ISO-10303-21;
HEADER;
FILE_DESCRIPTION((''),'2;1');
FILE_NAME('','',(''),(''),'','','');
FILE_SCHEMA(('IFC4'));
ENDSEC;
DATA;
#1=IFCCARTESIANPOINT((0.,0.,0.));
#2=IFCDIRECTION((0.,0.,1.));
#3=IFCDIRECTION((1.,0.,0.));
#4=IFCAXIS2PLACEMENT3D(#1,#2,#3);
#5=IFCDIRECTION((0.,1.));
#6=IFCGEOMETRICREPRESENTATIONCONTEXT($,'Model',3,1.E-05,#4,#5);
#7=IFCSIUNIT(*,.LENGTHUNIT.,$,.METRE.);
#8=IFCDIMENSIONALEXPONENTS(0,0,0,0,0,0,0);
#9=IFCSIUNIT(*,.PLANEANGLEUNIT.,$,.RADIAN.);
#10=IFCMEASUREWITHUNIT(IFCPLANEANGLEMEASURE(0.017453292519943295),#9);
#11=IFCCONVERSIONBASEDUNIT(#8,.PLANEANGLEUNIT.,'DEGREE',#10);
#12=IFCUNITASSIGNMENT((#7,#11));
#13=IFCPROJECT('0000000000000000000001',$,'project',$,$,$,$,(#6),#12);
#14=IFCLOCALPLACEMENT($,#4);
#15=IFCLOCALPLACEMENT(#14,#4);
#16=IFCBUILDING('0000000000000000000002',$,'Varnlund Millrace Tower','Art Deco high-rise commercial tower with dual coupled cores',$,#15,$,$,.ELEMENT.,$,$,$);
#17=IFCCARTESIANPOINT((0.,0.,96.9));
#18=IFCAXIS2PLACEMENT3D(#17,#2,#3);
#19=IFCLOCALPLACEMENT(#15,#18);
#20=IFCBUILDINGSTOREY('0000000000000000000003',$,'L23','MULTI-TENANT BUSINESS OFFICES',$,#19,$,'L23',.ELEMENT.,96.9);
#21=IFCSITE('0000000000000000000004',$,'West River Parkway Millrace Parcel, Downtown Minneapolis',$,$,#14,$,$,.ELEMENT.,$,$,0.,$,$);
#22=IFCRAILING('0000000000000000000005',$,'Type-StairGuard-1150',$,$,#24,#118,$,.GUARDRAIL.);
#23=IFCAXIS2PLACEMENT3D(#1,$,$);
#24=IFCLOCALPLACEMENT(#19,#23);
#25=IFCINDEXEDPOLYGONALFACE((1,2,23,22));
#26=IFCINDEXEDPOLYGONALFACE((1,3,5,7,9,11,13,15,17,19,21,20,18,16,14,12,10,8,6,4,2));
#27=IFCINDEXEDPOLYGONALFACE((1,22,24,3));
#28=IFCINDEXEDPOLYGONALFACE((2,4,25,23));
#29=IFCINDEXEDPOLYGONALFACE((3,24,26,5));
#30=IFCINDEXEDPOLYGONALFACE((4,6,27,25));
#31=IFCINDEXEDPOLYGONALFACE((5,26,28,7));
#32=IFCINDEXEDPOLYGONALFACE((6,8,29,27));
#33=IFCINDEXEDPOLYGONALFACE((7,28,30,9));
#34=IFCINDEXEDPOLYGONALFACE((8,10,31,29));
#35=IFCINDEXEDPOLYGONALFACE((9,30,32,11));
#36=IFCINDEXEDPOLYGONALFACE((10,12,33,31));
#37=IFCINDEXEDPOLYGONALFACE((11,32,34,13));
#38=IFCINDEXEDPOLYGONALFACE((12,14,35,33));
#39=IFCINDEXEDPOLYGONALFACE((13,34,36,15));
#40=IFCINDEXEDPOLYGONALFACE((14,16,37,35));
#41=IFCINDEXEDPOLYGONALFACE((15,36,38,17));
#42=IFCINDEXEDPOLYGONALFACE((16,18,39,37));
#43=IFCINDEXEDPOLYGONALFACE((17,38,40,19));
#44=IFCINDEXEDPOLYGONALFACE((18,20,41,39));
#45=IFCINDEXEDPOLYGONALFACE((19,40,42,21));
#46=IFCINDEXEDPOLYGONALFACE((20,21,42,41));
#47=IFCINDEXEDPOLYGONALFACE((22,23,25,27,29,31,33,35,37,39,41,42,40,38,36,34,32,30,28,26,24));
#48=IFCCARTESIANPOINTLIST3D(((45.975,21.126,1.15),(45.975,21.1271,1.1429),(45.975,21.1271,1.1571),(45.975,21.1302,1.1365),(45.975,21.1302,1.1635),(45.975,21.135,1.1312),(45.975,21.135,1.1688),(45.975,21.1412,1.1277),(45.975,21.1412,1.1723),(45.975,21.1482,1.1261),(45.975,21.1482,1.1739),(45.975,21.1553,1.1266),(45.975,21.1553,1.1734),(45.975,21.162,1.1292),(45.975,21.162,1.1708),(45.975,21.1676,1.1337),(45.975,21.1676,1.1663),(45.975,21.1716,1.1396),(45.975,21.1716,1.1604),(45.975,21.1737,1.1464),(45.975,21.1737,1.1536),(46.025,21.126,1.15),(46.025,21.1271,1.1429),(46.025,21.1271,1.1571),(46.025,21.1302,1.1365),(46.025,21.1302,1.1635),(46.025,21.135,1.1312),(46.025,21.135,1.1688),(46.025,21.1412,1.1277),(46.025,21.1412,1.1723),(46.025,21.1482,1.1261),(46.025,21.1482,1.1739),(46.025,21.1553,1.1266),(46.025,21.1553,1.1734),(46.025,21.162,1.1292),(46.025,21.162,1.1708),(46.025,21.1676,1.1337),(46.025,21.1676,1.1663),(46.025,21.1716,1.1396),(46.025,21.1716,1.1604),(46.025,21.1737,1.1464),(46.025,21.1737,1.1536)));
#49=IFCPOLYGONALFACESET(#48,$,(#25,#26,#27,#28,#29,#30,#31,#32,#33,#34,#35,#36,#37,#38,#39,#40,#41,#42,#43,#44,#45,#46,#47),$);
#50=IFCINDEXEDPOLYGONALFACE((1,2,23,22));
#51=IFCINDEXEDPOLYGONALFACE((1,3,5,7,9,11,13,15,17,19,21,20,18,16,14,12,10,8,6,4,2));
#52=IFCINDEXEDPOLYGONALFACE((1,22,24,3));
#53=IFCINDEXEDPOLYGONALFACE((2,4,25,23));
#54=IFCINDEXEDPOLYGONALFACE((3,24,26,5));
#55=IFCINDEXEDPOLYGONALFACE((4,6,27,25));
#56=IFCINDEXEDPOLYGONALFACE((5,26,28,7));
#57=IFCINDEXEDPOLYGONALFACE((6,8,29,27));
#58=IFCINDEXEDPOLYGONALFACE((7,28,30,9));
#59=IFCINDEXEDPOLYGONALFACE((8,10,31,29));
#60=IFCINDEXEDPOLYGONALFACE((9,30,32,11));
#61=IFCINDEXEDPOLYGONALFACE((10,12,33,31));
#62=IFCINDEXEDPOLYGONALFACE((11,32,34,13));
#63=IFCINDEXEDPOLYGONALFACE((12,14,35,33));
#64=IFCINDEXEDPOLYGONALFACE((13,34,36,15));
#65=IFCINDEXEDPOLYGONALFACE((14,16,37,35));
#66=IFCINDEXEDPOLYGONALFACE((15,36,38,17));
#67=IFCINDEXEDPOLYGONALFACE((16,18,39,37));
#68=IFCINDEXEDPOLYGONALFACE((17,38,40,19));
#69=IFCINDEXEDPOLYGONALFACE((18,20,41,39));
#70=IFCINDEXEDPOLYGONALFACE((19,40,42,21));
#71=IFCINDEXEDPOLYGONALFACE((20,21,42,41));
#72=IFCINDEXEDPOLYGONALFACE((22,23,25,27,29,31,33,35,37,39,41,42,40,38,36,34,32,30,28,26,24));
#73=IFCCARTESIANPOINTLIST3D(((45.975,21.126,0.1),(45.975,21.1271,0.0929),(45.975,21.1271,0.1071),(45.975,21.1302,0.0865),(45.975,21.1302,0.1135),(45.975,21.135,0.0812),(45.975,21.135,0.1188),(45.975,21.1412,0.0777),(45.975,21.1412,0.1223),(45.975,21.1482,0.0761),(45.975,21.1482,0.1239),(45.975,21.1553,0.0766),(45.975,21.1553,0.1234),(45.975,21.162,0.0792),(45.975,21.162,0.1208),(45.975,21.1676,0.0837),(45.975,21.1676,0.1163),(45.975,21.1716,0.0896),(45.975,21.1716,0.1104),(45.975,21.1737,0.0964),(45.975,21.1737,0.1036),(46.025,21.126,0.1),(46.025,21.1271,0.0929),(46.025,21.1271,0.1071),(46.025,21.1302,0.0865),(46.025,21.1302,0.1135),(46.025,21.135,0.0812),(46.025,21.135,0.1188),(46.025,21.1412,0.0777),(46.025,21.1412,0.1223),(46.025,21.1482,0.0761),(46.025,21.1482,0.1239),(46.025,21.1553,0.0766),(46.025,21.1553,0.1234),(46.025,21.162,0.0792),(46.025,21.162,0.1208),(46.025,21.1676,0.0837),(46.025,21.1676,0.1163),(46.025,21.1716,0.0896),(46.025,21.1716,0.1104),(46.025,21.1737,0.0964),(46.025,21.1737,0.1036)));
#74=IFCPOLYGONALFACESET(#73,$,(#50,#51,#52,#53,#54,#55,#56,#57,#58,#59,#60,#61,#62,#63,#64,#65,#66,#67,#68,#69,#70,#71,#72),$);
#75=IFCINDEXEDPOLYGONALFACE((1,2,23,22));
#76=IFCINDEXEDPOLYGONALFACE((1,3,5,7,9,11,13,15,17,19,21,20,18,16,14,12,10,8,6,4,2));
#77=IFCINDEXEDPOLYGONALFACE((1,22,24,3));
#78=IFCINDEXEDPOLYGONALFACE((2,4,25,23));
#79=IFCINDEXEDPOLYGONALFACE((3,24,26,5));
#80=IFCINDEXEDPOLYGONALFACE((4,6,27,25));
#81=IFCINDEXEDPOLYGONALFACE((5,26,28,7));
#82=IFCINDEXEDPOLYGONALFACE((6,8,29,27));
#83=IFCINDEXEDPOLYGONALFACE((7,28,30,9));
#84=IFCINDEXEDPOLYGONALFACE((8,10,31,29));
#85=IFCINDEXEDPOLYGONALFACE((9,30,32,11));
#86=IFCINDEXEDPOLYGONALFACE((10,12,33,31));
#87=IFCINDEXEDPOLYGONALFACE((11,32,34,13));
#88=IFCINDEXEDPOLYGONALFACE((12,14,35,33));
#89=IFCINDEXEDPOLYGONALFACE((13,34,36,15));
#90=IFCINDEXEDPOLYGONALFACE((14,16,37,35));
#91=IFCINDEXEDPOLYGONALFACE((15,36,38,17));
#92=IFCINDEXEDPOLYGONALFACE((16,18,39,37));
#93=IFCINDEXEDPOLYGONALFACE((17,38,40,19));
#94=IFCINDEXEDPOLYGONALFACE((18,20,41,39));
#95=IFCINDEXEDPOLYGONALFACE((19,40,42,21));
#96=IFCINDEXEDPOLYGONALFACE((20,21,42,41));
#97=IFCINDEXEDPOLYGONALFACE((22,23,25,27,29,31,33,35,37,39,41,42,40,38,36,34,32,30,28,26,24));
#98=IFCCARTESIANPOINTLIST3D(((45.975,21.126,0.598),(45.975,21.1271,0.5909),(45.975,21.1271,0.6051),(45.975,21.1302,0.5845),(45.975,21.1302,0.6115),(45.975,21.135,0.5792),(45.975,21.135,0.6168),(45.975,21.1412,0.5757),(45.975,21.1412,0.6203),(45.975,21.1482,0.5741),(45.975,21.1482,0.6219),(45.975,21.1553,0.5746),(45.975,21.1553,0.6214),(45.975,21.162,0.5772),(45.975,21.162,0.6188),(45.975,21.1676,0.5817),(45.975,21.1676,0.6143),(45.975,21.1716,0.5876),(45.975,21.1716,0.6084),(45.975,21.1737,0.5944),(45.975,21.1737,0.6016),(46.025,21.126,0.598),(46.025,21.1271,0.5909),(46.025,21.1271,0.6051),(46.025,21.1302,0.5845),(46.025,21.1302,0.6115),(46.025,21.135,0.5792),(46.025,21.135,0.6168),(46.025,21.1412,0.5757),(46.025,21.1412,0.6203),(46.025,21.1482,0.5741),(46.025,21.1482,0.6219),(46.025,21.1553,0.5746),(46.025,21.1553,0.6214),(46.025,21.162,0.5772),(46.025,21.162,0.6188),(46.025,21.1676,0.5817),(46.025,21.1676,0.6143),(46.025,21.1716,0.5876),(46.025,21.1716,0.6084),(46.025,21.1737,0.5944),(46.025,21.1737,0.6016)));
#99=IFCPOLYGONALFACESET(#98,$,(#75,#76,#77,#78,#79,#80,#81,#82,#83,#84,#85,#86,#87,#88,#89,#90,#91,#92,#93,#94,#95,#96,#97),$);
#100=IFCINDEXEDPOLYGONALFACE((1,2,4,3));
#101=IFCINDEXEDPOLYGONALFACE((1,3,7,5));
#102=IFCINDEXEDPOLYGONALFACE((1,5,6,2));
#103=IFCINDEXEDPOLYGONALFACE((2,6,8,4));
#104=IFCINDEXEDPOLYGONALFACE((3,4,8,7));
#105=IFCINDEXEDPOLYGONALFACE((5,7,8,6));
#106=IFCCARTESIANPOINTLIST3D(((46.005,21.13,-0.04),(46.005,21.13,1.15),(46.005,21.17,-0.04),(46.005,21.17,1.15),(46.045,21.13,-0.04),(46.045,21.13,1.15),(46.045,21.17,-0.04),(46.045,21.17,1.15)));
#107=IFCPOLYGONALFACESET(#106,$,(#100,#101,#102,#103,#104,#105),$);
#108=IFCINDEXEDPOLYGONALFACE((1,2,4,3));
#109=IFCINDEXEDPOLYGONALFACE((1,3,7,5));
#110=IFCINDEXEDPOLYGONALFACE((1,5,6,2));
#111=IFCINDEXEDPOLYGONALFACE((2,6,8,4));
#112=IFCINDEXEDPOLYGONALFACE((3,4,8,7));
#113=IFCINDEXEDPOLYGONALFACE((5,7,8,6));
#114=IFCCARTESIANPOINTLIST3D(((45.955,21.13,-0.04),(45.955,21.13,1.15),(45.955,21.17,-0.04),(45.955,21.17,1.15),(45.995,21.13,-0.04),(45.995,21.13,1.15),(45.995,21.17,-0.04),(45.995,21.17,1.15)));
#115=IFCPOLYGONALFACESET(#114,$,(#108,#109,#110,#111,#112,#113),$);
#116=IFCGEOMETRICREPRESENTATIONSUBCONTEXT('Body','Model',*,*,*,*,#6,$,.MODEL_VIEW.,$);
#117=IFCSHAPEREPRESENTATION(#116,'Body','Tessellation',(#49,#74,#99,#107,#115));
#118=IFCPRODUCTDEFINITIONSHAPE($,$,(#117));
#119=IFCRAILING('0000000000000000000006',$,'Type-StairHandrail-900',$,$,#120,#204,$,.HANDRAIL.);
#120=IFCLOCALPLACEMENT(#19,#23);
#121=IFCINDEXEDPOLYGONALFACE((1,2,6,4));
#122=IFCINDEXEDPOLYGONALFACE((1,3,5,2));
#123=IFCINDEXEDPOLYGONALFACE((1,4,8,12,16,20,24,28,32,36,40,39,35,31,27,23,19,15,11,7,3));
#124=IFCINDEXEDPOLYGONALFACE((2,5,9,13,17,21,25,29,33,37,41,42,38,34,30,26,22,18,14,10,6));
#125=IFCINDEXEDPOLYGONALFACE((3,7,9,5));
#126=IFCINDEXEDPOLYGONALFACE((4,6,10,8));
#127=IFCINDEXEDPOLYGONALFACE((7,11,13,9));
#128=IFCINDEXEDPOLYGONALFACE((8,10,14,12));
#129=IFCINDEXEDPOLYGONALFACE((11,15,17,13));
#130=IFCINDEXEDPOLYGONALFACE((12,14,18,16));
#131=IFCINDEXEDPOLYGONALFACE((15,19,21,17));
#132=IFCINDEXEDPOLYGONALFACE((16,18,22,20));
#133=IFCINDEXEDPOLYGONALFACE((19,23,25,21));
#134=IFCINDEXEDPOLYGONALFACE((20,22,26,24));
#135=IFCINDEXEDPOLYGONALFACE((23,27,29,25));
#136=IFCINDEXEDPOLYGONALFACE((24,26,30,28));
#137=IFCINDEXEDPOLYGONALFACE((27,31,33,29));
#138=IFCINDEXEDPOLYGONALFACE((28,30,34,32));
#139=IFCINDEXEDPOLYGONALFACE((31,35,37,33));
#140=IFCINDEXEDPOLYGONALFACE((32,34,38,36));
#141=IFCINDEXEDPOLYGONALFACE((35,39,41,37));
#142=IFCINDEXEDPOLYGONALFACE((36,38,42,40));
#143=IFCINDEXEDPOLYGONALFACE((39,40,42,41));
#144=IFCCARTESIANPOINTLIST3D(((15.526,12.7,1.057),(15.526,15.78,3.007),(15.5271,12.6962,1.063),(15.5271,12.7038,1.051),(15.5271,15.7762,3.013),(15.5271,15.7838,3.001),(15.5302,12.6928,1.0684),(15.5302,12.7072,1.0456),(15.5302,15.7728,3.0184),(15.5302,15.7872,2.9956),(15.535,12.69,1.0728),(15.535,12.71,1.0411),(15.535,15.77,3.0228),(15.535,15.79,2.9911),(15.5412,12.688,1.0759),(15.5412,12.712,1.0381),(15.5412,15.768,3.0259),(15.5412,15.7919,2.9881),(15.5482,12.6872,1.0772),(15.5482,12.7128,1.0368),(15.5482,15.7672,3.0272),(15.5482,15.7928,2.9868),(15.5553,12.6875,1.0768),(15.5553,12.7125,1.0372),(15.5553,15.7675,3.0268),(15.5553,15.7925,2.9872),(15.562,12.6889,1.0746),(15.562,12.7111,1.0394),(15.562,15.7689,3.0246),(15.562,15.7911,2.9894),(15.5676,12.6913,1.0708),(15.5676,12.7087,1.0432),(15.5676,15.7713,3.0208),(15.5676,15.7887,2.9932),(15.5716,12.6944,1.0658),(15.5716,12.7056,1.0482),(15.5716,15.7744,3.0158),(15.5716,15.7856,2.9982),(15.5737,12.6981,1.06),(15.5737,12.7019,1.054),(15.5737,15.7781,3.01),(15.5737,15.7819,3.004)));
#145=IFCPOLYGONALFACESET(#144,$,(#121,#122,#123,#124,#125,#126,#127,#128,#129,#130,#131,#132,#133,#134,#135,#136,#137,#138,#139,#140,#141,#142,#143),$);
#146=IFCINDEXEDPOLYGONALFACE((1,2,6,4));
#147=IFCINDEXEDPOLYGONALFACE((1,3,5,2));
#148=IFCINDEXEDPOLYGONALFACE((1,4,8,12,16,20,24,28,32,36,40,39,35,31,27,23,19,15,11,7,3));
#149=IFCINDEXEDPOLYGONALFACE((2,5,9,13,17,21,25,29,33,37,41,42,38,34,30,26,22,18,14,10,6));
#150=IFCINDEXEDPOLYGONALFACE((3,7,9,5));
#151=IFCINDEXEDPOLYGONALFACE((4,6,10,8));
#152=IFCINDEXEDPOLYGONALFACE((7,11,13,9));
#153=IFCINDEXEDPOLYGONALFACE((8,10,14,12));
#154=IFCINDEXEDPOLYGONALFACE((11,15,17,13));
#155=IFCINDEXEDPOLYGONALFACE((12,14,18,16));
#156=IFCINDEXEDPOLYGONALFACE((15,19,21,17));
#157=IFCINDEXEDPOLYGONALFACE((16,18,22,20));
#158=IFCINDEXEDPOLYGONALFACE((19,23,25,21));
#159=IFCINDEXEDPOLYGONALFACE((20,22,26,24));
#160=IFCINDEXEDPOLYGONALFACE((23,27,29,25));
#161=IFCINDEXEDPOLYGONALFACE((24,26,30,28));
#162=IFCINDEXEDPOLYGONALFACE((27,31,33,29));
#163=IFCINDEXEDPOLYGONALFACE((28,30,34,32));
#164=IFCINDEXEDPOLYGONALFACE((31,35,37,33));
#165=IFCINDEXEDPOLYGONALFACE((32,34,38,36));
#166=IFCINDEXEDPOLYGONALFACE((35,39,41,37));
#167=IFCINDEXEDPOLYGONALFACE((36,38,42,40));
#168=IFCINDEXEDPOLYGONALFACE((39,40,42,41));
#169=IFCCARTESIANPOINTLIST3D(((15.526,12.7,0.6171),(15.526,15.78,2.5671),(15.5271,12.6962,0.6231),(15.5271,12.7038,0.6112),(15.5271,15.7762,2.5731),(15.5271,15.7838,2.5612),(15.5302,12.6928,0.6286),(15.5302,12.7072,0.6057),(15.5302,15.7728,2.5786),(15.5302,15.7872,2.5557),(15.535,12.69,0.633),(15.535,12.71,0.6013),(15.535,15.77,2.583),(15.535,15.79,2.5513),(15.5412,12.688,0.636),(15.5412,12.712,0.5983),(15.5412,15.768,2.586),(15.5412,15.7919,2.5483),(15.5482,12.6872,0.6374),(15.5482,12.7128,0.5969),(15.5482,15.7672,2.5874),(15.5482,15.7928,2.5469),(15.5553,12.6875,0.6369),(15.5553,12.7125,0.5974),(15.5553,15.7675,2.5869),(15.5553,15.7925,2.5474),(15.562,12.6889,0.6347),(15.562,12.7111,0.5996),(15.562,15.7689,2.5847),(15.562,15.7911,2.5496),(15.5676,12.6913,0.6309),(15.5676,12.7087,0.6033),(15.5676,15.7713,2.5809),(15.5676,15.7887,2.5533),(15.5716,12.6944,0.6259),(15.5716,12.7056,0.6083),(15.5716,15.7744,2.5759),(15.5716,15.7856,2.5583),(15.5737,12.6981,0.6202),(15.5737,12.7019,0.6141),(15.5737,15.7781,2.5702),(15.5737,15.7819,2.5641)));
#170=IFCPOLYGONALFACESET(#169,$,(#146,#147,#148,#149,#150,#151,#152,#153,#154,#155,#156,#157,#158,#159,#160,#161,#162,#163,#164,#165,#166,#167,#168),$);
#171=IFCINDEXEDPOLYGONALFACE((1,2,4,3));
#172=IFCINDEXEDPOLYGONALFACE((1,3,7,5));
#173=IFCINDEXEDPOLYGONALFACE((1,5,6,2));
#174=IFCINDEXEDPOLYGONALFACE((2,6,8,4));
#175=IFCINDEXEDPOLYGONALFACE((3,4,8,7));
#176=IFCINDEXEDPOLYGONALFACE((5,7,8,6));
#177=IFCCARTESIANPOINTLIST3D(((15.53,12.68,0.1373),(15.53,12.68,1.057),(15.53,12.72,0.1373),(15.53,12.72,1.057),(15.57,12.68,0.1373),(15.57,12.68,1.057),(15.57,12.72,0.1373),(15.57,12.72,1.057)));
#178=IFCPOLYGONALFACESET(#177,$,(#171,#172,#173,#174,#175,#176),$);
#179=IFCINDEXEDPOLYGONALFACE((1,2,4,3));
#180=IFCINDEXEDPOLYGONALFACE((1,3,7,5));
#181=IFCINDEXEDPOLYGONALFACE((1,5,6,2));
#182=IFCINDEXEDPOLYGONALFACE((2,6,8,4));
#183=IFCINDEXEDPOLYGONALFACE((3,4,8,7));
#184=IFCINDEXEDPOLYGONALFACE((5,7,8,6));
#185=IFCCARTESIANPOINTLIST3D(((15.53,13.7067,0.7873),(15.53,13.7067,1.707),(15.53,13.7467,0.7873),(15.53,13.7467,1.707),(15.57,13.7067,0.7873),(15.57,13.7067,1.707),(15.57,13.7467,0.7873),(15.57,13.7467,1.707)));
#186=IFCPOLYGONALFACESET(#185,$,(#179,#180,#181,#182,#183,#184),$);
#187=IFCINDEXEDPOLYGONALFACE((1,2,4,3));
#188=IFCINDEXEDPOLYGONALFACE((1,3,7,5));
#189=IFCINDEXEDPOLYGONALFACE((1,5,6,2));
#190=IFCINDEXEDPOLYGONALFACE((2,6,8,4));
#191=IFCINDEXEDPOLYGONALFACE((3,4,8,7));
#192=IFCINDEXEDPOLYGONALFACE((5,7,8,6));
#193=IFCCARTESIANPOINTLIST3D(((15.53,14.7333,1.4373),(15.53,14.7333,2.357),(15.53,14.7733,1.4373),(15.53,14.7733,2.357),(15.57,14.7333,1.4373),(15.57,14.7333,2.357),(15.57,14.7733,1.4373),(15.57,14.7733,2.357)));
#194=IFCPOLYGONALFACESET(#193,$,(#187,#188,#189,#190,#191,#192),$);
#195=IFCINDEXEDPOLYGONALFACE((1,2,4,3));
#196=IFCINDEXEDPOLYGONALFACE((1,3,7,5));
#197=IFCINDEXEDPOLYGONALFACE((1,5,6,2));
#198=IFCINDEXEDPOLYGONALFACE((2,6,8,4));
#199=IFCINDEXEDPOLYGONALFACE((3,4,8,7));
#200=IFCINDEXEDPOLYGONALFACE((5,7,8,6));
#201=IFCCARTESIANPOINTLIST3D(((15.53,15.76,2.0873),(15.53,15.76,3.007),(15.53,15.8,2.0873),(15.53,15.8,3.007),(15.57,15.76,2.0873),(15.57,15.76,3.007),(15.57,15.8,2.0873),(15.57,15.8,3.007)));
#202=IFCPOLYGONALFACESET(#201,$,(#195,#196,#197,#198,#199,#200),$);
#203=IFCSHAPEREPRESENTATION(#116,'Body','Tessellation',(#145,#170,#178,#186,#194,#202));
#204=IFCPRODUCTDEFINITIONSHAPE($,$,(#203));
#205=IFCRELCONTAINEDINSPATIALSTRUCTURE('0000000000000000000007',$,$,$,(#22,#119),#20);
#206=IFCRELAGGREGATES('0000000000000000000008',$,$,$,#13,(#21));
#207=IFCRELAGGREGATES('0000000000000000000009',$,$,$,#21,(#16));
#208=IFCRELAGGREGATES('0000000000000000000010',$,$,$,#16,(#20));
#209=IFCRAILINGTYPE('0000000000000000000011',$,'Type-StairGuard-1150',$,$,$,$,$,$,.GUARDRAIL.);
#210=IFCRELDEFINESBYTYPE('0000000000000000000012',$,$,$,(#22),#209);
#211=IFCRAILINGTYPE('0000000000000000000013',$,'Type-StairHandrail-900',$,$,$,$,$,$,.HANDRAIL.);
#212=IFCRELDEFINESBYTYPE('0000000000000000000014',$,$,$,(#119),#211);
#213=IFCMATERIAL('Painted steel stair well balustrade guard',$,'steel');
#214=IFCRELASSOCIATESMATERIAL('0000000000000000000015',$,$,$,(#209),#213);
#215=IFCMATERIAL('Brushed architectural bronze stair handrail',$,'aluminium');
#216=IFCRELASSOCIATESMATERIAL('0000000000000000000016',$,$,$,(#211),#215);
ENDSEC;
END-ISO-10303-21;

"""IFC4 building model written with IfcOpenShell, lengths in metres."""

from ifc_helpers import new_model, entity, si_unit, converted_unit, direction, frame, origin_with_axes, origin_2d_with_axis, place, context, subcontext, project, spatial, rectangle, circle, extrude, material, type_object, element, save


model = new_model("IFC4")

# Units and contexts
model_context = context("Model", 3, precision=1e-05, world=origin_with_axes(), true_north=direction((0.0, 1.0)))
body_context = subcontext(model_context, "Body", "Model", "MODEL_VIEW")
ifc_project = project(units=[si_unit("LENGTHUNIT", "METRE"), converted_unit("PLANEANGLEUNIT", "DEGREE", entity("IfcPlaneAngleMeasure", 0.017453292519943295), si_unit("PLANEANGLEUNIT", "RADIAN"), dimensions=[0, 0, 0, 0, 0, 0, 0])], contexts=[model_context])

# Site, building, storey
site_placement = place(None, origin_with_axes())
site = spatial("IfcSite", under=ifc_project, at=site_placement, Name="West River Parkway Millrace Parcel, Downtown Minneapolis", CompositionType="ELEMENT", RefElevation=0.0)
building_placement = place(site_placement, origin_with_axes())
building = spatial("IfcBuilding", under=site, at=building_placement, Name="Varnlund Millrace Tower", Description="Art Deco high-rise commercial tower with dual coupled cores", CompositionType="ELEMENT")
storey_placement = place(building_placement, frame((0.0, 0.0, 96.9), z_axis=(0.0, 0.0, 1.0), x_axis=(1.0, 0.0, 0.0)))
storey = spatial("IfcBuildingStorey", under=building, at=storey_placement, Name="L23", Description="MULTI-TENANT BUSINESS OFFICES", LongName="L23", CompositionType="ELEMENT", Elevation=96.9)

# Railings
ifc_material_1 = material(Name="Painted steel stair well balustrade guard", Category="steel")
railing_type_1 = type_object("IfcRailingType", Name="Type-StairGuard-1150", PredefinedType="GUARDRAIL", material=ifc_material_1)
railing_1_placement = place(storey_placement, frame((0.0, 0.0, -96.9), z_axis=(0.0, 0.0, 1.0), x_axis=(1.0, 0.0, 0.0)))
element("IfcRailing", 1, at=railing_1_placement, inside=storey, type_object=railing_type_1, Name="Type-StairGuard-1150", PredefinedType="GUARDRAIL", context=body_context, shape_type="SweptSolid", body=[
    extrude(circle(Radius=0.024, at=origin_2d_with_axis()), frame((46.025, 21.15, 98.05), z_axis=(-1.0, 0.0, 0.0), x_axis=(0.0, -1.0, 0.0)), (0.0, 0.0, 1.0), 0.05),
    extrude(circle(Radius=0.024, at=origin_2d_with_axis()), frame((46.025, 21.15, 97.0), z_axis=(-1.0, 0.0, 0.0), x_axis=(0.0, -1.0, 0.0)), (0.0, 0.0, 1.0), 0.05),
    extrude(circle(Radius=0.024, at=origin_2d_with_axis()), frame((46.025, 21.15, 97.498), z_axis=(-1.0, 0.0, 0.0), x_axis=(0.0, -1.0, 0.0)), (0.0, 0.0, 1.0), 0.05),
    extrude(rectangle(XDim=0.04, YDim=0.04, at=origin_2d_with_axis()), frame((46.025, 21.15, 96.86), z_axis=(0.0, 0.0, 1.0), x_axis=(1.0, 0.0, 0.0)), (0.0, 0.0, 1.0), 1.19),
    extrude(rectangle(XDim=0.04, YDim=0.04, at=origin_2d_with_axis()), frame((45.975, 21.15, 96.86), z_axis=(0.0, 0.0, 1.0), x_axis=(1.0, 0.0, 0.0)), (0.0, 0.0, 1.0), 1.19),
])
ifc_material_2 = material(Name="Brushed architectural bronze stair handrail", Category="aluminium")
railing_type_2 = type_object("IfcRailingType", Name="Type-StairHandrail-900", PredefinedType="HANDRAIL", material=ifc_material_2)
railing_2_placement = place(storey_placement, frame((0.0, 0.0, -96.9), z_axis=(0.0, 0.0, 1.0), x_axis=(1.0, 0.0, 0.0)))
element("IfcRailing", 2, at=railing_2_placement, inside=storey, type_object=railing_type_2, Name="Type-StairHandrail-900", PredefinedType="HANDRAIL", context=body_context, shape_type="SweptSolid", body=[
    extrude(circle(Radius=0.024, at=origin_2d_with_axis()), frame((15.55, 12.7, 97.957), z_axis=(0.0, 0.844902, 0.534922), x_axis=(-1.0, 0.0, 0.0)), (0.0, 0.0, 1.0), 3.6454),
    extrude(circle(Radius=0.024, at=origin_2d_with_axis()), frame((15.55, 12.7, 97.5171), z_axis=(0.0, 0.844902, 0.534922), x_axis=(-1.0, 0.0, 0.0)), (0.0, 0.0, 1.0), 3.6454),
    extrude(rectangle(XDim=0.04, YDim=0.04, at=origin_2d_with_axis()), frame((15.55, 12.7, 97.0373), z_axis=(0.0, 0.0, 1.0), x_axis=(1.0, 0.0, 0.0)), (0.0, 0.0, 1.0), 0.9197),
    extrude(rectangle(XDim=0.04, YDim=0.04, at=origin_2d_with_axis()), frame((15.55, 13.7267, 97.6873), z_axis=(0.0, 0.0, 1.0), x_axis=(1.0, 0.0, 0.0)), (0.0, 0.0, 1.0), 0.9197),
    extrude(rectangle(XDim=0.04, YDim=0.04, at=origin_2d_with_axis()), frame((15.55, 14.7533, 98.3373), z_axis=(0.0, 0.0, 1.0), x_axis=(1.0, 0.0, 0.0)), (0.0, 0.0, 1.0), 0.9197),
    extrude(rectangle(XDim=0.04, YDim=0.04, at=origin_2d_with_axis()), frame((15.55, 15.78, 98.9873), z_axis=(0.0, 0.0, 1.0), x_axis=(1.0, 0.0, 0.0)), (0.0, 0.0, 1.0), 0.9197),
])

save(model, "model.ifc")
